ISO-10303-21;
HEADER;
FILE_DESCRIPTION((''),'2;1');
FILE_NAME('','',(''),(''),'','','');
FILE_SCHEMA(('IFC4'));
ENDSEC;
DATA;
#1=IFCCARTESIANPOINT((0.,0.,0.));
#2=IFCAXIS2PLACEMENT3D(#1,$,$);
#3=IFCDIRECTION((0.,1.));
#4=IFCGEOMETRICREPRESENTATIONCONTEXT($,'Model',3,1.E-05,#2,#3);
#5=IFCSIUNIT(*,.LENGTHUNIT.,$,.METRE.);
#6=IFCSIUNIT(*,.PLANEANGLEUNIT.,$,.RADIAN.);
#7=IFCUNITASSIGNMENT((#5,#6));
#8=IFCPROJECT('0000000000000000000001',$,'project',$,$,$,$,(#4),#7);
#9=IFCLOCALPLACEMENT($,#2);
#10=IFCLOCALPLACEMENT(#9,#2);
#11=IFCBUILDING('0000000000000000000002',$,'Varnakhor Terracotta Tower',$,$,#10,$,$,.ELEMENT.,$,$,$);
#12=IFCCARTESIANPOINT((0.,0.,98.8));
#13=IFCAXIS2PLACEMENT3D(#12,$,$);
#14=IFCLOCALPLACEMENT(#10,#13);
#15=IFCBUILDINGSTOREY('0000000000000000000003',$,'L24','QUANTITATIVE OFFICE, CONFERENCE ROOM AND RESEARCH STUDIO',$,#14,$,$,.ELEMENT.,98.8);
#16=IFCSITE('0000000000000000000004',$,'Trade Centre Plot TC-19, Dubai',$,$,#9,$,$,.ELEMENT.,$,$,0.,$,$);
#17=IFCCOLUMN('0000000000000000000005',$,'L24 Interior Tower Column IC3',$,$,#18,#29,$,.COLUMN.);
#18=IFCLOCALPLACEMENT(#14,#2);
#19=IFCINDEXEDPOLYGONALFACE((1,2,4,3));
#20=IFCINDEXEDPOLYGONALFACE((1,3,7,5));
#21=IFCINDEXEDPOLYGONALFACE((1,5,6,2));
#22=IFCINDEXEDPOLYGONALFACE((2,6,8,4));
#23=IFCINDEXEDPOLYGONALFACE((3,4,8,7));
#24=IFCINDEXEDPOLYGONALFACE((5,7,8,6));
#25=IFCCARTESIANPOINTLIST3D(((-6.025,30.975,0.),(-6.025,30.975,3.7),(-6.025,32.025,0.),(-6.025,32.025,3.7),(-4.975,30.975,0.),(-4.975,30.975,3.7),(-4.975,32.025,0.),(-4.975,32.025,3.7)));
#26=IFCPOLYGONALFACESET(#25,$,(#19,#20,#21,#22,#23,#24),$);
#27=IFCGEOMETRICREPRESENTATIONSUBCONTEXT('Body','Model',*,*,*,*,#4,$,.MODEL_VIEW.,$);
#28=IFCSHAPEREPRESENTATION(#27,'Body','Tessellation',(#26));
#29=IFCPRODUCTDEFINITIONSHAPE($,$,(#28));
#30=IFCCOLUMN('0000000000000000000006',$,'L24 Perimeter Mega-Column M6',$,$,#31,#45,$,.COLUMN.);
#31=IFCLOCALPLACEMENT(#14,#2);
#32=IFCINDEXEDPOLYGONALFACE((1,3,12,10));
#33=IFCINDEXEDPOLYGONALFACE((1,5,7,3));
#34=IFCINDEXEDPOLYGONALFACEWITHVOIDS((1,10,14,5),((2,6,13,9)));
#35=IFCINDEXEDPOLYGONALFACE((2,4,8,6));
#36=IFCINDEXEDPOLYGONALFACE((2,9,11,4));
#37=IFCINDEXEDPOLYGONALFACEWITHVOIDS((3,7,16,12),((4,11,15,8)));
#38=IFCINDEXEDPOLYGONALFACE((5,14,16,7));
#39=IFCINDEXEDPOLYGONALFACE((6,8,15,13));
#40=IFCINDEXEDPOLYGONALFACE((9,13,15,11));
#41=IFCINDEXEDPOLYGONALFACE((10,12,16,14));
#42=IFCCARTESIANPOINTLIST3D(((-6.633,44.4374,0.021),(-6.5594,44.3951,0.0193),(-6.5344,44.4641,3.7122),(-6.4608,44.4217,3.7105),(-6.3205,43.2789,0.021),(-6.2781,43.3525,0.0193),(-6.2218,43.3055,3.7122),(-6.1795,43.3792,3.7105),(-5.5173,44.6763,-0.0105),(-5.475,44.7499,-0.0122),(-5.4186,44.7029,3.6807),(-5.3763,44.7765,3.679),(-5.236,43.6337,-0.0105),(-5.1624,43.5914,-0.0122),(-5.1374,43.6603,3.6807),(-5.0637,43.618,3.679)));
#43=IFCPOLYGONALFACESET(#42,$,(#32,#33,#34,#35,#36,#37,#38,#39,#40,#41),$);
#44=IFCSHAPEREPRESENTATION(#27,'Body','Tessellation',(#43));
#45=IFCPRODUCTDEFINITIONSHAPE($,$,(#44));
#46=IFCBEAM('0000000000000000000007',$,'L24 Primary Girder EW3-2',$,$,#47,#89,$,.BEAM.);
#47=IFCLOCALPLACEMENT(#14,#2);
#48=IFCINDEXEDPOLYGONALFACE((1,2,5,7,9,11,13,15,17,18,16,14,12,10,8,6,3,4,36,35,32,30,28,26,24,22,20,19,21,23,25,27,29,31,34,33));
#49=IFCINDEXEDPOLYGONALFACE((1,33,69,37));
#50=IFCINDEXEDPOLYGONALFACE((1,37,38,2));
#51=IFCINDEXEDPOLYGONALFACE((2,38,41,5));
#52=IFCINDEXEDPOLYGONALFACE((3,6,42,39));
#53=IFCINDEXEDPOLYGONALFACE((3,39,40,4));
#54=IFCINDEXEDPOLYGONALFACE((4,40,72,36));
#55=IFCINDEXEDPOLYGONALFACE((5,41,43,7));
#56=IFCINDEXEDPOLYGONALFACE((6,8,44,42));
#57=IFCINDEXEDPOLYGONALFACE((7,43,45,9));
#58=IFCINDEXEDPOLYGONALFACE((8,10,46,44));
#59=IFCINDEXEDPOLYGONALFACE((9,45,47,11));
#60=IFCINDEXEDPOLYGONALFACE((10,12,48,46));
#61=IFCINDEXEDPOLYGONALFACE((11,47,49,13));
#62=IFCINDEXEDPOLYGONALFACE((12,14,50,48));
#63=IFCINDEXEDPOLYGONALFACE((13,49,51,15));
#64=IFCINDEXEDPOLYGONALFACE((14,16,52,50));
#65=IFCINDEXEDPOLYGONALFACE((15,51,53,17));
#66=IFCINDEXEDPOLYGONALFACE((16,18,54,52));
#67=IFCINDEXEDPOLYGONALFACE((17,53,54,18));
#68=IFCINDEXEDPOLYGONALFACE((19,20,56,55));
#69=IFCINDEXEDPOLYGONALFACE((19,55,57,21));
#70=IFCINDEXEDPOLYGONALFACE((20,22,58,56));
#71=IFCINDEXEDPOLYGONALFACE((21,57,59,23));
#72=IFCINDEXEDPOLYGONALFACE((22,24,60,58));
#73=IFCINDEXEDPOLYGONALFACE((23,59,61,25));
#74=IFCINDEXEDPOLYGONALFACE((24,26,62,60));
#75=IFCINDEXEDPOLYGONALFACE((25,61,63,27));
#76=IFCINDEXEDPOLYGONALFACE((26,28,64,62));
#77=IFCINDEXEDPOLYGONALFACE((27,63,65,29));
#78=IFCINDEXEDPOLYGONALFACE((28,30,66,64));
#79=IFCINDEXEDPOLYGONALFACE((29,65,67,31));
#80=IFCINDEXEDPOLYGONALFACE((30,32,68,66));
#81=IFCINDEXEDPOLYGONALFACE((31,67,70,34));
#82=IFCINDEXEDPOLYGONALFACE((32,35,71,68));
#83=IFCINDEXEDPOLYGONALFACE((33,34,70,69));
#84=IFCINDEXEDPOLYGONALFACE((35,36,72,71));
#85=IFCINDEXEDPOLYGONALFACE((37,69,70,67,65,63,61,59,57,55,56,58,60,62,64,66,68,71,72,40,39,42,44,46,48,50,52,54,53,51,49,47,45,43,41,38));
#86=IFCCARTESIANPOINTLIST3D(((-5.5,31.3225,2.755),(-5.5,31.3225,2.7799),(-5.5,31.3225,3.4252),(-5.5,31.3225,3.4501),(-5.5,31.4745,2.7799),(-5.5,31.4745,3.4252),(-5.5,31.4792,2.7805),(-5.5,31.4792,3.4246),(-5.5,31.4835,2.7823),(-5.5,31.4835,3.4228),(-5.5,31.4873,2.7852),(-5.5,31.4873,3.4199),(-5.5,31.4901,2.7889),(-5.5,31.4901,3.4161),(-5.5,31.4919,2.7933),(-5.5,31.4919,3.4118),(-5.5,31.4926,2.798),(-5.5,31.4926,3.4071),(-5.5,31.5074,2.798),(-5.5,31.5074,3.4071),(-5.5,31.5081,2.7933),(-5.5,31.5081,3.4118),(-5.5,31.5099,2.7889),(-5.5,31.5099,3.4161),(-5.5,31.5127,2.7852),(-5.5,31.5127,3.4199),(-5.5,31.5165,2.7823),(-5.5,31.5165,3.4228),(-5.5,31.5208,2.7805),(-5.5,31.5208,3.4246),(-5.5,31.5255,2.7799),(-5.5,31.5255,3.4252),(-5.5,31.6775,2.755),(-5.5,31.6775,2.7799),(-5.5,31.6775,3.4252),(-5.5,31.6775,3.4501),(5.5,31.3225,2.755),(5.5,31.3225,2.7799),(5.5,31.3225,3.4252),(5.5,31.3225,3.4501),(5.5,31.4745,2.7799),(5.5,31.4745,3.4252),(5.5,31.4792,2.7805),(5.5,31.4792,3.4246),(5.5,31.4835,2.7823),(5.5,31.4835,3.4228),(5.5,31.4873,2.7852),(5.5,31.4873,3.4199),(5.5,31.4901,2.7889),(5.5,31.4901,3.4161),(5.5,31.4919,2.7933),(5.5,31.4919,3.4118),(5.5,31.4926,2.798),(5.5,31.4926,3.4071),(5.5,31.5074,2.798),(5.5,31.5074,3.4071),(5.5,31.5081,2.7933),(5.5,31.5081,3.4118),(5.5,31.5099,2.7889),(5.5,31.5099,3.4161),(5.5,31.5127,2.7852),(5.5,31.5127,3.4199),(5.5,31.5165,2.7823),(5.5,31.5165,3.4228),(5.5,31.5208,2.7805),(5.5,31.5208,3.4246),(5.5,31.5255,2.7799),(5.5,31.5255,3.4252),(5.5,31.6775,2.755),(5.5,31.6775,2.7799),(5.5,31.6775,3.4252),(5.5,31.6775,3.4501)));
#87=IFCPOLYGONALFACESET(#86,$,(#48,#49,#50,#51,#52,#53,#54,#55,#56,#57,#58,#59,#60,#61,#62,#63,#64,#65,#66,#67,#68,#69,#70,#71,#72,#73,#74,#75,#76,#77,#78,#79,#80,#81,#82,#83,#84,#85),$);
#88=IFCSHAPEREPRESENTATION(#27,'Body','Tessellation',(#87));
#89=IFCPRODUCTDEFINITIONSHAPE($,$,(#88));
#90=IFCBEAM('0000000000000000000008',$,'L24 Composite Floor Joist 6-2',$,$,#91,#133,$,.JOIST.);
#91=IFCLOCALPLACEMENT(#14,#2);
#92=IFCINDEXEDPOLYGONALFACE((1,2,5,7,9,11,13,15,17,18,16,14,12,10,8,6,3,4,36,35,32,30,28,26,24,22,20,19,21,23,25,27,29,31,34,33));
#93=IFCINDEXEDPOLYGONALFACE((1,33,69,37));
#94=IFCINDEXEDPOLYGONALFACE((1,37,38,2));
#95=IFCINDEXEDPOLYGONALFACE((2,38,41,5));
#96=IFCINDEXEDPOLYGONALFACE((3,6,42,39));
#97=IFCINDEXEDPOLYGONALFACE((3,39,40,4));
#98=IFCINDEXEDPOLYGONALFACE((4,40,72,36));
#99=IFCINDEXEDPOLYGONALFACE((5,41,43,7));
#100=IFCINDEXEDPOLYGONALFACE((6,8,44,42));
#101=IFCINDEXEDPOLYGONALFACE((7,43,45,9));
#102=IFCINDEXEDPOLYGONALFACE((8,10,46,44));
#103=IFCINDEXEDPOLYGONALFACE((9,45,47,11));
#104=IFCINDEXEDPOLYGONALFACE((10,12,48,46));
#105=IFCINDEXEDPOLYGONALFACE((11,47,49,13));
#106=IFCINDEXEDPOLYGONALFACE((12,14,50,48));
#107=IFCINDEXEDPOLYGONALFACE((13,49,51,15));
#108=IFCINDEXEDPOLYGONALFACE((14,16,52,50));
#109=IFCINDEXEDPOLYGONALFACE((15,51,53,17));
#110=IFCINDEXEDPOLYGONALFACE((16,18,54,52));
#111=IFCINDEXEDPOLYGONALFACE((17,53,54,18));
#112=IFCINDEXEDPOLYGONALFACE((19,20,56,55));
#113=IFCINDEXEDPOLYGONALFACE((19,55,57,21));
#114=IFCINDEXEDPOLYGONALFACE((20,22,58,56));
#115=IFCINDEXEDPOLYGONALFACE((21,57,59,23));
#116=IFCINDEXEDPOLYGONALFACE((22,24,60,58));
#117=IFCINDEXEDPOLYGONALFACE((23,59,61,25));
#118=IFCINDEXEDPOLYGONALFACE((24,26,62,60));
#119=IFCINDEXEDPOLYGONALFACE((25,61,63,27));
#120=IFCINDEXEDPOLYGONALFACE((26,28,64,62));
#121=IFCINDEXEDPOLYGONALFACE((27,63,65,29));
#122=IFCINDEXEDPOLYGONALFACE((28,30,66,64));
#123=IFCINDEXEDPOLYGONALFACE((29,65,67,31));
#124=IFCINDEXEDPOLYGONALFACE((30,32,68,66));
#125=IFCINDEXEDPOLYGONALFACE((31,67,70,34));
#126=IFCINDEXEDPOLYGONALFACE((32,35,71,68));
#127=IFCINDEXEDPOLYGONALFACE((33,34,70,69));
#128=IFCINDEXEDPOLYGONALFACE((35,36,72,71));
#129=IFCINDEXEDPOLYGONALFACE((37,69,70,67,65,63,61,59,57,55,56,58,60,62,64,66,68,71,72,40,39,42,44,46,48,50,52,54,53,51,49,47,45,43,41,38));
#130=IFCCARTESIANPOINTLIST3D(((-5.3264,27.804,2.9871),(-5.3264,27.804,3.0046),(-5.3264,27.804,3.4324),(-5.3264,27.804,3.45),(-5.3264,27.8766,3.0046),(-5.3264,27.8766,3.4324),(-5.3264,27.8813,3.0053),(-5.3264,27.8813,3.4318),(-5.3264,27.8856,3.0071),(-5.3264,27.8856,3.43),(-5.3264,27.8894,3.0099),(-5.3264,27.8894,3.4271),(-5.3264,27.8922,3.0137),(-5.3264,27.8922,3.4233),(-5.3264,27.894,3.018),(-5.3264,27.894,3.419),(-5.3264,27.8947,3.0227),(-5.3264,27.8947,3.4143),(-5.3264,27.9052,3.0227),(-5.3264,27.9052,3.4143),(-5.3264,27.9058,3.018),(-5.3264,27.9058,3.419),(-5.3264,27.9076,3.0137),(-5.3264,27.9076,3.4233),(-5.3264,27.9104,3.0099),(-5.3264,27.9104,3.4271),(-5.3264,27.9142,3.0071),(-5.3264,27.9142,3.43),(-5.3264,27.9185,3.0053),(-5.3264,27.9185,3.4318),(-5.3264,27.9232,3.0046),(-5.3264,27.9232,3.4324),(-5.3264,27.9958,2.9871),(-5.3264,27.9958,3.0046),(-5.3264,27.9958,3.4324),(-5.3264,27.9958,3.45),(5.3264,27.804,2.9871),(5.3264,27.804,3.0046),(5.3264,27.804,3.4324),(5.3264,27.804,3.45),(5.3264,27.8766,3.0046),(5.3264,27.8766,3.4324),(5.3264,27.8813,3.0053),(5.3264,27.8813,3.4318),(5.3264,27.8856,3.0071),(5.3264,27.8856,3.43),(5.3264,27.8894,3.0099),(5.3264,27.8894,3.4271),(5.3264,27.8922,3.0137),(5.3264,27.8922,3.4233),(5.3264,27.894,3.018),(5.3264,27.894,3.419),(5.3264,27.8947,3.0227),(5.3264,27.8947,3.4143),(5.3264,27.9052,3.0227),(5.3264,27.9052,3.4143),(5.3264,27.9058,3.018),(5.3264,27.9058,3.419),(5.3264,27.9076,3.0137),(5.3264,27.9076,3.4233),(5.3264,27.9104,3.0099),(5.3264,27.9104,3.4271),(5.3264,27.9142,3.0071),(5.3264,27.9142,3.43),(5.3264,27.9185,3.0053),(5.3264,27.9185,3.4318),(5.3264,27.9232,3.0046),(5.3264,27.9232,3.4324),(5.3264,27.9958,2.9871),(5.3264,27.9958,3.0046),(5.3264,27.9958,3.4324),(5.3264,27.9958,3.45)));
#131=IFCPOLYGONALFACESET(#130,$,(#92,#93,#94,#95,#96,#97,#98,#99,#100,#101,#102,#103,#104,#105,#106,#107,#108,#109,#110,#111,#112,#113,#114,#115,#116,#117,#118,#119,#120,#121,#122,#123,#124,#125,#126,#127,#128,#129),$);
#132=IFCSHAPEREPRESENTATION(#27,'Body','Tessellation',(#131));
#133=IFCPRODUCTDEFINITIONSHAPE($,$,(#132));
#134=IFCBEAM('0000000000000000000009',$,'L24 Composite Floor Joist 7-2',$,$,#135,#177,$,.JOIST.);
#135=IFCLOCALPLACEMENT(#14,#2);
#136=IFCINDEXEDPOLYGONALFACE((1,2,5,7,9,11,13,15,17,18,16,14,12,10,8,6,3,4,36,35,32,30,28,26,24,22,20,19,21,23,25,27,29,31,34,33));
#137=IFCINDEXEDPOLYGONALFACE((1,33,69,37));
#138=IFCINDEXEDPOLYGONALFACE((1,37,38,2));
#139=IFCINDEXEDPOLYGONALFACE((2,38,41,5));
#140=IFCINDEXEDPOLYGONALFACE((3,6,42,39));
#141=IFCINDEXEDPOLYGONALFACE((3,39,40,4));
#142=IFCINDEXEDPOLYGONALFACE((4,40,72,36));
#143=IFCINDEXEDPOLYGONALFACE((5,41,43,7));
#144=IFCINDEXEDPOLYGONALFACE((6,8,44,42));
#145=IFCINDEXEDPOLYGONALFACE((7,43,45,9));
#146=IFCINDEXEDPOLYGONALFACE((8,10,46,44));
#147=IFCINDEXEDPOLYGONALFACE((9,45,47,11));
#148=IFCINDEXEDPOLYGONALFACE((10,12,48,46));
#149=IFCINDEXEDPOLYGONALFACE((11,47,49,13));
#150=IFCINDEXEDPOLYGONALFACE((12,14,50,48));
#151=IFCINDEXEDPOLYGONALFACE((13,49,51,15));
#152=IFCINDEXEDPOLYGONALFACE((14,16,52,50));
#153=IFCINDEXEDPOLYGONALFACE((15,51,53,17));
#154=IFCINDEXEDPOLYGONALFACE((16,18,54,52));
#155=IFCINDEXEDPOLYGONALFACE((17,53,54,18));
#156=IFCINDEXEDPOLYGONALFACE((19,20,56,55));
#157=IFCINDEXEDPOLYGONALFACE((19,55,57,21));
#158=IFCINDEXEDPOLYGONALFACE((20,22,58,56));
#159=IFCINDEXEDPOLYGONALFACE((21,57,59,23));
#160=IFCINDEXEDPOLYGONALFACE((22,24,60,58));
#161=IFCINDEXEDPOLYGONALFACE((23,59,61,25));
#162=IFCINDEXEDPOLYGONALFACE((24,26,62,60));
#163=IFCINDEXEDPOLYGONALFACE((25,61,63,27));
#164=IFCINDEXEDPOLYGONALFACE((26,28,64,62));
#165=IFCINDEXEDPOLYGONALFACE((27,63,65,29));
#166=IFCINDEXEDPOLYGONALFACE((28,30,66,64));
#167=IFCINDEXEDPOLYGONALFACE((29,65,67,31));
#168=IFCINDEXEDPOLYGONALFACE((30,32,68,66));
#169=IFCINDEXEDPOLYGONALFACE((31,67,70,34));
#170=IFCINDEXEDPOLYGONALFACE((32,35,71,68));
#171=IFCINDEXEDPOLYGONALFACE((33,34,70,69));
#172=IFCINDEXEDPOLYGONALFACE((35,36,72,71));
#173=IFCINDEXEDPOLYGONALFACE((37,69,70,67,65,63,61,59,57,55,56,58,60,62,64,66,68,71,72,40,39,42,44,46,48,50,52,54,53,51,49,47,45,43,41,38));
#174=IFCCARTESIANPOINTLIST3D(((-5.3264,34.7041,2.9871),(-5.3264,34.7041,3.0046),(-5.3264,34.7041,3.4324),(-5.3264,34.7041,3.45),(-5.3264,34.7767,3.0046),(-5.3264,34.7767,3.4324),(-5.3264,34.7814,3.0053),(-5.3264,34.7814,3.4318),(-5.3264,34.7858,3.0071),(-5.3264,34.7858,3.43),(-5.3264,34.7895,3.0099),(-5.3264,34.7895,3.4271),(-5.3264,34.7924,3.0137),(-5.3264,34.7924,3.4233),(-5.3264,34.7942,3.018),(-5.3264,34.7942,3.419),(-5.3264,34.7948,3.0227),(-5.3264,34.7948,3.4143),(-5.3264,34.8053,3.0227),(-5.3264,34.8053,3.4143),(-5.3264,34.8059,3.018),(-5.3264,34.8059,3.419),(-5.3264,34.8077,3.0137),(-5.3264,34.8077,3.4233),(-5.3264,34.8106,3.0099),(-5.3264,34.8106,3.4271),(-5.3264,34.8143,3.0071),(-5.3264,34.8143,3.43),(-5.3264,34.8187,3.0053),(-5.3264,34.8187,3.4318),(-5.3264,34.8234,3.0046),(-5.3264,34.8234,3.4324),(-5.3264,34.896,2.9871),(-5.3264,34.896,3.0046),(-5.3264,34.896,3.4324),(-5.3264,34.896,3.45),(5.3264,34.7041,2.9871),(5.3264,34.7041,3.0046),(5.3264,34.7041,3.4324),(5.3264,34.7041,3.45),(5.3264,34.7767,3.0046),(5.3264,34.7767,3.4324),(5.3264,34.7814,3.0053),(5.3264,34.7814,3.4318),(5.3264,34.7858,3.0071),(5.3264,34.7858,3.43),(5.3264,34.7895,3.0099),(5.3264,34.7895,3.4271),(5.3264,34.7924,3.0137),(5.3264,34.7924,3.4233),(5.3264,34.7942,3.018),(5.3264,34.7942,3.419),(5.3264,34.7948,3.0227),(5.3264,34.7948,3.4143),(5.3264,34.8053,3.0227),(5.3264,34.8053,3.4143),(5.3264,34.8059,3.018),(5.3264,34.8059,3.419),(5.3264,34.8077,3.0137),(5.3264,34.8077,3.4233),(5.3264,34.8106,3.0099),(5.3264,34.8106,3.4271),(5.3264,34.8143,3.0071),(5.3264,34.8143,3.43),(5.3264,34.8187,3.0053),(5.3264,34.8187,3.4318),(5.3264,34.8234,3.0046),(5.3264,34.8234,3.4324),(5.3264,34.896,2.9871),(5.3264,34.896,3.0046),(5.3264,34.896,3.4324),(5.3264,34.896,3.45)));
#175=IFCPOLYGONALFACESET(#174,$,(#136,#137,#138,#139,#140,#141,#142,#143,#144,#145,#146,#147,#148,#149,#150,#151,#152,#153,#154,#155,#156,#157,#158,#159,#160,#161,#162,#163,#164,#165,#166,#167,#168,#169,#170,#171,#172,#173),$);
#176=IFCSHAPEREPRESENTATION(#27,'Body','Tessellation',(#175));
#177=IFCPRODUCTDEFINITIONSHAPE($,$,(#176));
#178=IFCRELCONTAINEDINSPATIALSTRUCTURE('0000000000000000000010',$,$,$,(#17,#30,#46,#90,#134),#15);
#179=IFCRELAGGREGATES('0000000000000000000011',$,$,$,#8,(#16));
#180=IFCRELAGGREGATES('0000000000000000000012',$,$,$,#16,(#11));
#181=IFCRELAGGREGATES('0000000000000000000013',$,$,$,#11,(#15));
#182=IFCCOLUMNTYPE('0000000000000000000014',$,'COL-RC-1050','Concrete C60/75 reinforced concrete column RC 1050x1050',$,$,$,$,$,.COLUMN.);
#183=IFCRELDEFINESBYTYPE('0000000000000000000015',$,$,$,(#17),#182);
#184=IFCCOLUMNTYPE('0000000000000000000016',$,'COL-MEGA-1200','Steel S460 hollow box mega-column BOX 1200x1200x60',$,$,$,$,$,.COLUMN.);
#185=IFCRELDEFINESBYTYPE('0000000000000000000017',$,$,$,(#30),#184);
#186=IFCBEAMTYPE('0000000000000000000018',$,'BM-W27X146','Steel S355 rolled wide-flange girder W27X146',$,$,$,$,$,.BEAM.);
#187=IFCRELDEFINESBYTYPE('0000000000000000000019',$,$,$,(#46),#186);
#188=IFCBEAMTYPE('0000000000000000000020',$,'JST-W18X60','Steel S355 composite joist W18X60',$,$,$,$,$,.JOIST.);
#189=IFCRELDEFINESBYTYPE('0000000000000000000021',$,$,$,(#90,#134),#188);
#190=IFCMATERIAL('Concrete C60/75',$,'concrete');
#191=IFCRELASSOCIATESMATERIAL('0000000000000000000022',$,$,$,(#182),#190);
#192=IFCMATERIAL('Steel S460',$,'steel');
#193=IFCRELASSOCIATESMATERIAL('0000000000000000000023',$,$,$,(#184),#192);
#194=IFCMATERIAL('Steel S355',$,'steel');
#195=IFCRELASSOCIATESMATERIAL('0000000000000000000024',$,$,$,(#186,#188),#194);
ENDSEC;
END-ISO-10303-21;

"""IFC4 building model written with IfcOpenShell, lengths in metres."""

from ifc_helpers import new_model, si_unit, direction, frame, origin, origin_2d, place, context, subcontext, project, spatial, rectangle, hollow_rectangle, i_section, extrude, source, transform, mapped, material, material_profile, profile_set, type_object, element, save


model = new_model("IFC4")

# Units and contexts
model_context = context("Model", 3, precision=1e-05, world=origin(), true_north=direction((0.0, 1.0)))
body_context = subcontext(model_context, "Body", "Model", "MODEL_VIEW")
ifc_project = project(units=[si_unit("LENGTHUNIT", "METRE"), si_unit("PLANEANGLEUNIT", "RADIAN")], contexts=[model_context])

# Site, building, storey
site_placement = place(None, origin())
site = spatial("IfcSite", under=ifc_project, at=site_placement, Name="Trade Centre Plot TC-19, Dubai", CompositionType="ELEMENT", RefElevation=0.0)
building_placement = place(site_placement, origin())
building = spatial("IfcBuilding", under=site, at=building_placement, Name="Varnakhor Terracotta Tower", CompositionType="ELEMENT")
storey_placement = place(building_placement, frame((0.0, 0.0, 98.8)))
storey = spatial("IfcBuildingStorey", under=building, at=storey_placement, Name="L24", Description="QUANTITATIVE OFFICE, CONFERENCE ROOM AND RESEARCH STUDIO", CompositionType="ELEMENT", Elevation=98.8)

# Columns
ifc_material_1 = material(Name="Concrete C60/75", Category="concrete")
ifc_material_profile_1 = material_profile(ifc_material_1, rectangle(XDim=1.05, YDim=1.05, at=origin_2d()), Name="RC 1050x1050")
ifc_profile_set_1 = profile_set([ifc_material_profile_1], Name="Concrete C60/75")
column_type_1 = type_object("IfcColumnType", Name="COL-RC-1050", Description="Concrete C60/75 reinforced concrete column RC 1050x1050", PredefinedType="COLUMN", material=ifc_profile_set_1)
shared_shape_1 = source(origin(), body_context, "Body", "SweptSolid", [
    extrude(rectangle(XDim=1.05, YDim=1.05, at=origin_2d()), origin(), (0.0, 0.0, 1.0), 3.7),
])
column_1_placement = place(storey_placement, frame((-5.5, 31.5, 0.0), z_axis=(0.0, 0.0, 1.0), x_axis=(1.0, 0.0, 0.0)))
element("IfcColumn", 1, at=column_1_placement, inside=storey, type_object=column_type_1, Name="L24 Interior Tower Column IC3", PredefinedType="COLUMN", context=body_context, shape_type="MappedRepresentation", body=[
    mapped(shared_shape_1, transform((0.0, 0.0, 0.0), scale=1.0)),
])
ifc_material_2 = material(Name="Steel S460", Category="steel")
ifc_material_profile_2 = material_profile(ifc_material_2, hollow_rectangle(XDim=1.2, YDim=1.2, WallThickness=0.0601, at=origin_2d()), Name="BOX 1200x1200x60")
ifc_profile_set_2 = profile_set([ifc_material_profile_2], Name="Steel S460")
column_type_2 = type_object("IfcColumnType", Name="COL-MEGA-1200", Description="Steel S460 hollow box mega-column BOX 1200x1200x60", PredefinedType="COLUMN", material=ifc_profile_set_2)
shared_shape_2 = source(origin(), body_context, "Body", "SweptSolid", [
    extrude(hollow_rectangle(XDim=1.2, YDim=1.2, WallThickness=0.0601, at=origin_2d()), origin(), (0.0, 0.0, 1.0), 3.6926),
])
column_2_placement = place(storey_placement, frame((-5.8977, 44.0144, 0.0044), z_axis=(0.026711, 0.007207, 0.999617), x_axis=(-0.260488, 0.965477, 0.0)))
element("IfcColumn", 2, at=column_2_placement, inside=storey, type_object=column_type_2, Name="L24 Perimeter Mega-Column M6", PredefinedType="COLUMN", context=body_context, shape_type="MappedRepresentation", body=[
    mapped(shared_shape_2, transform((0.0, 0.0, 0.0), scale=1.0)),
])

# Beams
ifc_material_3 = material(Name="Steel S355", Category="steel")
ifc_material_profile_3 = material_profile(ifc_material_3, i_section(OverallWidth=0.355, OverallDepth=0.6951, WebThickness=0.0149, FlangeThickness=0.0249, FilletRadius=0.0181, at=origin_2d()), Name="W27X146")
ifc_profile_set_3 = profile_set([ifc_material_profile_3], Name="Steel S355")
beam_type_1 = type_object("IfcBeamType", Name="BM-W27X146", Description="Steel S355 rolled wide-flange girder W27X146", PredefinedType="BEAM", material=ifc_profile_set_3)
shared_shape_3 = source(origin(), body_context, "Body", "SweptSolid", [
    extrude(i_section(OverallWidth=0.355, OverallDepth=0.6951, WebThickness=0.0149, FlangeThickness=0.0249, FilletRadius=0.0181, at=origin_2d()), origin(), (0.0, 0.0, 1.0), 11.0),
])
beam_1_placement = place(storey_placement, frame((-5.5, 31.5, 3.1025), z_axis=(1.0, 0.0, 0.0), x_axis=(0.0, 1.0, 0.0)))
element("IfcBeam", 3, at=beam_1_placement, inside=storey, type_object=beam_type_1, Name="L24 Primary Girder EW3-2", PredefinedType="BEAM", context=body_context, shape_type="MappedRepresentation", body=[
    mapped(shared_shape_3, transform((0.0, 0.0, 0.0), scale=1.0)),
])
ifc_material_profile_4 = material_profile(ifc_material_3, i_section(OverallWidth=0.1919, OverallDepth=0.4629, WebThickness=0.0105, FlangeThickness=0.0176, FilletRadius=0.0181, at=origin_2d()), Name="W18X60")
ifc_profile_set_4 = profile_set([ifc_material_profile_4], Name="Steel S355")
beam_type_2 = type_object("IfcBeamType", Name="JST-W18X60", Description="Steel S355 composite joist W18X60", PredefinedType="JOIST", material=ifc_profile_set_4)
shared_shape_4 = source(origin(), body_context, "Body", "SweptSolid", [
    extrude(i_section(OverallWidth=0.1919, OverallDepth=0.4629, WebThickness=0.0105, FlangeThickness=0.0176, FilletRadius=0.0181, at=origin_2d()), origin(), (0.0, 0.0, 1.0), 10.6528),
])
for number, where, z_axis, x_axis, name in (
    (4, (-5.3264, 27.8999, 3.2185), (1.0, 0.0, 0.0), (0.0, 1.0, 0.0), "L24 Composite Floor Joist 6-2"),
    (5, (-5.3264, 34.8, 3.2185), (1.0, 0.0, 0.0), (0.0, 1.0, 0.0), "L24 Composite Floor Joist 7-2"),
):
    element("IfcBeam", number, at=place(storey_placement, frame(where, z_axis=z_axis, x_axis=x_axis)), inside=storey, type_object=beam_type_2, Name=name, PredefinedType="JOIST", context=body_context, shape_type="MappedRepresentation", body=[
        mapped(shared_shape_4, transform((0.0, 0.0, 0.0), scale=1.0)),
    ])

save(model, "model.ifc")
